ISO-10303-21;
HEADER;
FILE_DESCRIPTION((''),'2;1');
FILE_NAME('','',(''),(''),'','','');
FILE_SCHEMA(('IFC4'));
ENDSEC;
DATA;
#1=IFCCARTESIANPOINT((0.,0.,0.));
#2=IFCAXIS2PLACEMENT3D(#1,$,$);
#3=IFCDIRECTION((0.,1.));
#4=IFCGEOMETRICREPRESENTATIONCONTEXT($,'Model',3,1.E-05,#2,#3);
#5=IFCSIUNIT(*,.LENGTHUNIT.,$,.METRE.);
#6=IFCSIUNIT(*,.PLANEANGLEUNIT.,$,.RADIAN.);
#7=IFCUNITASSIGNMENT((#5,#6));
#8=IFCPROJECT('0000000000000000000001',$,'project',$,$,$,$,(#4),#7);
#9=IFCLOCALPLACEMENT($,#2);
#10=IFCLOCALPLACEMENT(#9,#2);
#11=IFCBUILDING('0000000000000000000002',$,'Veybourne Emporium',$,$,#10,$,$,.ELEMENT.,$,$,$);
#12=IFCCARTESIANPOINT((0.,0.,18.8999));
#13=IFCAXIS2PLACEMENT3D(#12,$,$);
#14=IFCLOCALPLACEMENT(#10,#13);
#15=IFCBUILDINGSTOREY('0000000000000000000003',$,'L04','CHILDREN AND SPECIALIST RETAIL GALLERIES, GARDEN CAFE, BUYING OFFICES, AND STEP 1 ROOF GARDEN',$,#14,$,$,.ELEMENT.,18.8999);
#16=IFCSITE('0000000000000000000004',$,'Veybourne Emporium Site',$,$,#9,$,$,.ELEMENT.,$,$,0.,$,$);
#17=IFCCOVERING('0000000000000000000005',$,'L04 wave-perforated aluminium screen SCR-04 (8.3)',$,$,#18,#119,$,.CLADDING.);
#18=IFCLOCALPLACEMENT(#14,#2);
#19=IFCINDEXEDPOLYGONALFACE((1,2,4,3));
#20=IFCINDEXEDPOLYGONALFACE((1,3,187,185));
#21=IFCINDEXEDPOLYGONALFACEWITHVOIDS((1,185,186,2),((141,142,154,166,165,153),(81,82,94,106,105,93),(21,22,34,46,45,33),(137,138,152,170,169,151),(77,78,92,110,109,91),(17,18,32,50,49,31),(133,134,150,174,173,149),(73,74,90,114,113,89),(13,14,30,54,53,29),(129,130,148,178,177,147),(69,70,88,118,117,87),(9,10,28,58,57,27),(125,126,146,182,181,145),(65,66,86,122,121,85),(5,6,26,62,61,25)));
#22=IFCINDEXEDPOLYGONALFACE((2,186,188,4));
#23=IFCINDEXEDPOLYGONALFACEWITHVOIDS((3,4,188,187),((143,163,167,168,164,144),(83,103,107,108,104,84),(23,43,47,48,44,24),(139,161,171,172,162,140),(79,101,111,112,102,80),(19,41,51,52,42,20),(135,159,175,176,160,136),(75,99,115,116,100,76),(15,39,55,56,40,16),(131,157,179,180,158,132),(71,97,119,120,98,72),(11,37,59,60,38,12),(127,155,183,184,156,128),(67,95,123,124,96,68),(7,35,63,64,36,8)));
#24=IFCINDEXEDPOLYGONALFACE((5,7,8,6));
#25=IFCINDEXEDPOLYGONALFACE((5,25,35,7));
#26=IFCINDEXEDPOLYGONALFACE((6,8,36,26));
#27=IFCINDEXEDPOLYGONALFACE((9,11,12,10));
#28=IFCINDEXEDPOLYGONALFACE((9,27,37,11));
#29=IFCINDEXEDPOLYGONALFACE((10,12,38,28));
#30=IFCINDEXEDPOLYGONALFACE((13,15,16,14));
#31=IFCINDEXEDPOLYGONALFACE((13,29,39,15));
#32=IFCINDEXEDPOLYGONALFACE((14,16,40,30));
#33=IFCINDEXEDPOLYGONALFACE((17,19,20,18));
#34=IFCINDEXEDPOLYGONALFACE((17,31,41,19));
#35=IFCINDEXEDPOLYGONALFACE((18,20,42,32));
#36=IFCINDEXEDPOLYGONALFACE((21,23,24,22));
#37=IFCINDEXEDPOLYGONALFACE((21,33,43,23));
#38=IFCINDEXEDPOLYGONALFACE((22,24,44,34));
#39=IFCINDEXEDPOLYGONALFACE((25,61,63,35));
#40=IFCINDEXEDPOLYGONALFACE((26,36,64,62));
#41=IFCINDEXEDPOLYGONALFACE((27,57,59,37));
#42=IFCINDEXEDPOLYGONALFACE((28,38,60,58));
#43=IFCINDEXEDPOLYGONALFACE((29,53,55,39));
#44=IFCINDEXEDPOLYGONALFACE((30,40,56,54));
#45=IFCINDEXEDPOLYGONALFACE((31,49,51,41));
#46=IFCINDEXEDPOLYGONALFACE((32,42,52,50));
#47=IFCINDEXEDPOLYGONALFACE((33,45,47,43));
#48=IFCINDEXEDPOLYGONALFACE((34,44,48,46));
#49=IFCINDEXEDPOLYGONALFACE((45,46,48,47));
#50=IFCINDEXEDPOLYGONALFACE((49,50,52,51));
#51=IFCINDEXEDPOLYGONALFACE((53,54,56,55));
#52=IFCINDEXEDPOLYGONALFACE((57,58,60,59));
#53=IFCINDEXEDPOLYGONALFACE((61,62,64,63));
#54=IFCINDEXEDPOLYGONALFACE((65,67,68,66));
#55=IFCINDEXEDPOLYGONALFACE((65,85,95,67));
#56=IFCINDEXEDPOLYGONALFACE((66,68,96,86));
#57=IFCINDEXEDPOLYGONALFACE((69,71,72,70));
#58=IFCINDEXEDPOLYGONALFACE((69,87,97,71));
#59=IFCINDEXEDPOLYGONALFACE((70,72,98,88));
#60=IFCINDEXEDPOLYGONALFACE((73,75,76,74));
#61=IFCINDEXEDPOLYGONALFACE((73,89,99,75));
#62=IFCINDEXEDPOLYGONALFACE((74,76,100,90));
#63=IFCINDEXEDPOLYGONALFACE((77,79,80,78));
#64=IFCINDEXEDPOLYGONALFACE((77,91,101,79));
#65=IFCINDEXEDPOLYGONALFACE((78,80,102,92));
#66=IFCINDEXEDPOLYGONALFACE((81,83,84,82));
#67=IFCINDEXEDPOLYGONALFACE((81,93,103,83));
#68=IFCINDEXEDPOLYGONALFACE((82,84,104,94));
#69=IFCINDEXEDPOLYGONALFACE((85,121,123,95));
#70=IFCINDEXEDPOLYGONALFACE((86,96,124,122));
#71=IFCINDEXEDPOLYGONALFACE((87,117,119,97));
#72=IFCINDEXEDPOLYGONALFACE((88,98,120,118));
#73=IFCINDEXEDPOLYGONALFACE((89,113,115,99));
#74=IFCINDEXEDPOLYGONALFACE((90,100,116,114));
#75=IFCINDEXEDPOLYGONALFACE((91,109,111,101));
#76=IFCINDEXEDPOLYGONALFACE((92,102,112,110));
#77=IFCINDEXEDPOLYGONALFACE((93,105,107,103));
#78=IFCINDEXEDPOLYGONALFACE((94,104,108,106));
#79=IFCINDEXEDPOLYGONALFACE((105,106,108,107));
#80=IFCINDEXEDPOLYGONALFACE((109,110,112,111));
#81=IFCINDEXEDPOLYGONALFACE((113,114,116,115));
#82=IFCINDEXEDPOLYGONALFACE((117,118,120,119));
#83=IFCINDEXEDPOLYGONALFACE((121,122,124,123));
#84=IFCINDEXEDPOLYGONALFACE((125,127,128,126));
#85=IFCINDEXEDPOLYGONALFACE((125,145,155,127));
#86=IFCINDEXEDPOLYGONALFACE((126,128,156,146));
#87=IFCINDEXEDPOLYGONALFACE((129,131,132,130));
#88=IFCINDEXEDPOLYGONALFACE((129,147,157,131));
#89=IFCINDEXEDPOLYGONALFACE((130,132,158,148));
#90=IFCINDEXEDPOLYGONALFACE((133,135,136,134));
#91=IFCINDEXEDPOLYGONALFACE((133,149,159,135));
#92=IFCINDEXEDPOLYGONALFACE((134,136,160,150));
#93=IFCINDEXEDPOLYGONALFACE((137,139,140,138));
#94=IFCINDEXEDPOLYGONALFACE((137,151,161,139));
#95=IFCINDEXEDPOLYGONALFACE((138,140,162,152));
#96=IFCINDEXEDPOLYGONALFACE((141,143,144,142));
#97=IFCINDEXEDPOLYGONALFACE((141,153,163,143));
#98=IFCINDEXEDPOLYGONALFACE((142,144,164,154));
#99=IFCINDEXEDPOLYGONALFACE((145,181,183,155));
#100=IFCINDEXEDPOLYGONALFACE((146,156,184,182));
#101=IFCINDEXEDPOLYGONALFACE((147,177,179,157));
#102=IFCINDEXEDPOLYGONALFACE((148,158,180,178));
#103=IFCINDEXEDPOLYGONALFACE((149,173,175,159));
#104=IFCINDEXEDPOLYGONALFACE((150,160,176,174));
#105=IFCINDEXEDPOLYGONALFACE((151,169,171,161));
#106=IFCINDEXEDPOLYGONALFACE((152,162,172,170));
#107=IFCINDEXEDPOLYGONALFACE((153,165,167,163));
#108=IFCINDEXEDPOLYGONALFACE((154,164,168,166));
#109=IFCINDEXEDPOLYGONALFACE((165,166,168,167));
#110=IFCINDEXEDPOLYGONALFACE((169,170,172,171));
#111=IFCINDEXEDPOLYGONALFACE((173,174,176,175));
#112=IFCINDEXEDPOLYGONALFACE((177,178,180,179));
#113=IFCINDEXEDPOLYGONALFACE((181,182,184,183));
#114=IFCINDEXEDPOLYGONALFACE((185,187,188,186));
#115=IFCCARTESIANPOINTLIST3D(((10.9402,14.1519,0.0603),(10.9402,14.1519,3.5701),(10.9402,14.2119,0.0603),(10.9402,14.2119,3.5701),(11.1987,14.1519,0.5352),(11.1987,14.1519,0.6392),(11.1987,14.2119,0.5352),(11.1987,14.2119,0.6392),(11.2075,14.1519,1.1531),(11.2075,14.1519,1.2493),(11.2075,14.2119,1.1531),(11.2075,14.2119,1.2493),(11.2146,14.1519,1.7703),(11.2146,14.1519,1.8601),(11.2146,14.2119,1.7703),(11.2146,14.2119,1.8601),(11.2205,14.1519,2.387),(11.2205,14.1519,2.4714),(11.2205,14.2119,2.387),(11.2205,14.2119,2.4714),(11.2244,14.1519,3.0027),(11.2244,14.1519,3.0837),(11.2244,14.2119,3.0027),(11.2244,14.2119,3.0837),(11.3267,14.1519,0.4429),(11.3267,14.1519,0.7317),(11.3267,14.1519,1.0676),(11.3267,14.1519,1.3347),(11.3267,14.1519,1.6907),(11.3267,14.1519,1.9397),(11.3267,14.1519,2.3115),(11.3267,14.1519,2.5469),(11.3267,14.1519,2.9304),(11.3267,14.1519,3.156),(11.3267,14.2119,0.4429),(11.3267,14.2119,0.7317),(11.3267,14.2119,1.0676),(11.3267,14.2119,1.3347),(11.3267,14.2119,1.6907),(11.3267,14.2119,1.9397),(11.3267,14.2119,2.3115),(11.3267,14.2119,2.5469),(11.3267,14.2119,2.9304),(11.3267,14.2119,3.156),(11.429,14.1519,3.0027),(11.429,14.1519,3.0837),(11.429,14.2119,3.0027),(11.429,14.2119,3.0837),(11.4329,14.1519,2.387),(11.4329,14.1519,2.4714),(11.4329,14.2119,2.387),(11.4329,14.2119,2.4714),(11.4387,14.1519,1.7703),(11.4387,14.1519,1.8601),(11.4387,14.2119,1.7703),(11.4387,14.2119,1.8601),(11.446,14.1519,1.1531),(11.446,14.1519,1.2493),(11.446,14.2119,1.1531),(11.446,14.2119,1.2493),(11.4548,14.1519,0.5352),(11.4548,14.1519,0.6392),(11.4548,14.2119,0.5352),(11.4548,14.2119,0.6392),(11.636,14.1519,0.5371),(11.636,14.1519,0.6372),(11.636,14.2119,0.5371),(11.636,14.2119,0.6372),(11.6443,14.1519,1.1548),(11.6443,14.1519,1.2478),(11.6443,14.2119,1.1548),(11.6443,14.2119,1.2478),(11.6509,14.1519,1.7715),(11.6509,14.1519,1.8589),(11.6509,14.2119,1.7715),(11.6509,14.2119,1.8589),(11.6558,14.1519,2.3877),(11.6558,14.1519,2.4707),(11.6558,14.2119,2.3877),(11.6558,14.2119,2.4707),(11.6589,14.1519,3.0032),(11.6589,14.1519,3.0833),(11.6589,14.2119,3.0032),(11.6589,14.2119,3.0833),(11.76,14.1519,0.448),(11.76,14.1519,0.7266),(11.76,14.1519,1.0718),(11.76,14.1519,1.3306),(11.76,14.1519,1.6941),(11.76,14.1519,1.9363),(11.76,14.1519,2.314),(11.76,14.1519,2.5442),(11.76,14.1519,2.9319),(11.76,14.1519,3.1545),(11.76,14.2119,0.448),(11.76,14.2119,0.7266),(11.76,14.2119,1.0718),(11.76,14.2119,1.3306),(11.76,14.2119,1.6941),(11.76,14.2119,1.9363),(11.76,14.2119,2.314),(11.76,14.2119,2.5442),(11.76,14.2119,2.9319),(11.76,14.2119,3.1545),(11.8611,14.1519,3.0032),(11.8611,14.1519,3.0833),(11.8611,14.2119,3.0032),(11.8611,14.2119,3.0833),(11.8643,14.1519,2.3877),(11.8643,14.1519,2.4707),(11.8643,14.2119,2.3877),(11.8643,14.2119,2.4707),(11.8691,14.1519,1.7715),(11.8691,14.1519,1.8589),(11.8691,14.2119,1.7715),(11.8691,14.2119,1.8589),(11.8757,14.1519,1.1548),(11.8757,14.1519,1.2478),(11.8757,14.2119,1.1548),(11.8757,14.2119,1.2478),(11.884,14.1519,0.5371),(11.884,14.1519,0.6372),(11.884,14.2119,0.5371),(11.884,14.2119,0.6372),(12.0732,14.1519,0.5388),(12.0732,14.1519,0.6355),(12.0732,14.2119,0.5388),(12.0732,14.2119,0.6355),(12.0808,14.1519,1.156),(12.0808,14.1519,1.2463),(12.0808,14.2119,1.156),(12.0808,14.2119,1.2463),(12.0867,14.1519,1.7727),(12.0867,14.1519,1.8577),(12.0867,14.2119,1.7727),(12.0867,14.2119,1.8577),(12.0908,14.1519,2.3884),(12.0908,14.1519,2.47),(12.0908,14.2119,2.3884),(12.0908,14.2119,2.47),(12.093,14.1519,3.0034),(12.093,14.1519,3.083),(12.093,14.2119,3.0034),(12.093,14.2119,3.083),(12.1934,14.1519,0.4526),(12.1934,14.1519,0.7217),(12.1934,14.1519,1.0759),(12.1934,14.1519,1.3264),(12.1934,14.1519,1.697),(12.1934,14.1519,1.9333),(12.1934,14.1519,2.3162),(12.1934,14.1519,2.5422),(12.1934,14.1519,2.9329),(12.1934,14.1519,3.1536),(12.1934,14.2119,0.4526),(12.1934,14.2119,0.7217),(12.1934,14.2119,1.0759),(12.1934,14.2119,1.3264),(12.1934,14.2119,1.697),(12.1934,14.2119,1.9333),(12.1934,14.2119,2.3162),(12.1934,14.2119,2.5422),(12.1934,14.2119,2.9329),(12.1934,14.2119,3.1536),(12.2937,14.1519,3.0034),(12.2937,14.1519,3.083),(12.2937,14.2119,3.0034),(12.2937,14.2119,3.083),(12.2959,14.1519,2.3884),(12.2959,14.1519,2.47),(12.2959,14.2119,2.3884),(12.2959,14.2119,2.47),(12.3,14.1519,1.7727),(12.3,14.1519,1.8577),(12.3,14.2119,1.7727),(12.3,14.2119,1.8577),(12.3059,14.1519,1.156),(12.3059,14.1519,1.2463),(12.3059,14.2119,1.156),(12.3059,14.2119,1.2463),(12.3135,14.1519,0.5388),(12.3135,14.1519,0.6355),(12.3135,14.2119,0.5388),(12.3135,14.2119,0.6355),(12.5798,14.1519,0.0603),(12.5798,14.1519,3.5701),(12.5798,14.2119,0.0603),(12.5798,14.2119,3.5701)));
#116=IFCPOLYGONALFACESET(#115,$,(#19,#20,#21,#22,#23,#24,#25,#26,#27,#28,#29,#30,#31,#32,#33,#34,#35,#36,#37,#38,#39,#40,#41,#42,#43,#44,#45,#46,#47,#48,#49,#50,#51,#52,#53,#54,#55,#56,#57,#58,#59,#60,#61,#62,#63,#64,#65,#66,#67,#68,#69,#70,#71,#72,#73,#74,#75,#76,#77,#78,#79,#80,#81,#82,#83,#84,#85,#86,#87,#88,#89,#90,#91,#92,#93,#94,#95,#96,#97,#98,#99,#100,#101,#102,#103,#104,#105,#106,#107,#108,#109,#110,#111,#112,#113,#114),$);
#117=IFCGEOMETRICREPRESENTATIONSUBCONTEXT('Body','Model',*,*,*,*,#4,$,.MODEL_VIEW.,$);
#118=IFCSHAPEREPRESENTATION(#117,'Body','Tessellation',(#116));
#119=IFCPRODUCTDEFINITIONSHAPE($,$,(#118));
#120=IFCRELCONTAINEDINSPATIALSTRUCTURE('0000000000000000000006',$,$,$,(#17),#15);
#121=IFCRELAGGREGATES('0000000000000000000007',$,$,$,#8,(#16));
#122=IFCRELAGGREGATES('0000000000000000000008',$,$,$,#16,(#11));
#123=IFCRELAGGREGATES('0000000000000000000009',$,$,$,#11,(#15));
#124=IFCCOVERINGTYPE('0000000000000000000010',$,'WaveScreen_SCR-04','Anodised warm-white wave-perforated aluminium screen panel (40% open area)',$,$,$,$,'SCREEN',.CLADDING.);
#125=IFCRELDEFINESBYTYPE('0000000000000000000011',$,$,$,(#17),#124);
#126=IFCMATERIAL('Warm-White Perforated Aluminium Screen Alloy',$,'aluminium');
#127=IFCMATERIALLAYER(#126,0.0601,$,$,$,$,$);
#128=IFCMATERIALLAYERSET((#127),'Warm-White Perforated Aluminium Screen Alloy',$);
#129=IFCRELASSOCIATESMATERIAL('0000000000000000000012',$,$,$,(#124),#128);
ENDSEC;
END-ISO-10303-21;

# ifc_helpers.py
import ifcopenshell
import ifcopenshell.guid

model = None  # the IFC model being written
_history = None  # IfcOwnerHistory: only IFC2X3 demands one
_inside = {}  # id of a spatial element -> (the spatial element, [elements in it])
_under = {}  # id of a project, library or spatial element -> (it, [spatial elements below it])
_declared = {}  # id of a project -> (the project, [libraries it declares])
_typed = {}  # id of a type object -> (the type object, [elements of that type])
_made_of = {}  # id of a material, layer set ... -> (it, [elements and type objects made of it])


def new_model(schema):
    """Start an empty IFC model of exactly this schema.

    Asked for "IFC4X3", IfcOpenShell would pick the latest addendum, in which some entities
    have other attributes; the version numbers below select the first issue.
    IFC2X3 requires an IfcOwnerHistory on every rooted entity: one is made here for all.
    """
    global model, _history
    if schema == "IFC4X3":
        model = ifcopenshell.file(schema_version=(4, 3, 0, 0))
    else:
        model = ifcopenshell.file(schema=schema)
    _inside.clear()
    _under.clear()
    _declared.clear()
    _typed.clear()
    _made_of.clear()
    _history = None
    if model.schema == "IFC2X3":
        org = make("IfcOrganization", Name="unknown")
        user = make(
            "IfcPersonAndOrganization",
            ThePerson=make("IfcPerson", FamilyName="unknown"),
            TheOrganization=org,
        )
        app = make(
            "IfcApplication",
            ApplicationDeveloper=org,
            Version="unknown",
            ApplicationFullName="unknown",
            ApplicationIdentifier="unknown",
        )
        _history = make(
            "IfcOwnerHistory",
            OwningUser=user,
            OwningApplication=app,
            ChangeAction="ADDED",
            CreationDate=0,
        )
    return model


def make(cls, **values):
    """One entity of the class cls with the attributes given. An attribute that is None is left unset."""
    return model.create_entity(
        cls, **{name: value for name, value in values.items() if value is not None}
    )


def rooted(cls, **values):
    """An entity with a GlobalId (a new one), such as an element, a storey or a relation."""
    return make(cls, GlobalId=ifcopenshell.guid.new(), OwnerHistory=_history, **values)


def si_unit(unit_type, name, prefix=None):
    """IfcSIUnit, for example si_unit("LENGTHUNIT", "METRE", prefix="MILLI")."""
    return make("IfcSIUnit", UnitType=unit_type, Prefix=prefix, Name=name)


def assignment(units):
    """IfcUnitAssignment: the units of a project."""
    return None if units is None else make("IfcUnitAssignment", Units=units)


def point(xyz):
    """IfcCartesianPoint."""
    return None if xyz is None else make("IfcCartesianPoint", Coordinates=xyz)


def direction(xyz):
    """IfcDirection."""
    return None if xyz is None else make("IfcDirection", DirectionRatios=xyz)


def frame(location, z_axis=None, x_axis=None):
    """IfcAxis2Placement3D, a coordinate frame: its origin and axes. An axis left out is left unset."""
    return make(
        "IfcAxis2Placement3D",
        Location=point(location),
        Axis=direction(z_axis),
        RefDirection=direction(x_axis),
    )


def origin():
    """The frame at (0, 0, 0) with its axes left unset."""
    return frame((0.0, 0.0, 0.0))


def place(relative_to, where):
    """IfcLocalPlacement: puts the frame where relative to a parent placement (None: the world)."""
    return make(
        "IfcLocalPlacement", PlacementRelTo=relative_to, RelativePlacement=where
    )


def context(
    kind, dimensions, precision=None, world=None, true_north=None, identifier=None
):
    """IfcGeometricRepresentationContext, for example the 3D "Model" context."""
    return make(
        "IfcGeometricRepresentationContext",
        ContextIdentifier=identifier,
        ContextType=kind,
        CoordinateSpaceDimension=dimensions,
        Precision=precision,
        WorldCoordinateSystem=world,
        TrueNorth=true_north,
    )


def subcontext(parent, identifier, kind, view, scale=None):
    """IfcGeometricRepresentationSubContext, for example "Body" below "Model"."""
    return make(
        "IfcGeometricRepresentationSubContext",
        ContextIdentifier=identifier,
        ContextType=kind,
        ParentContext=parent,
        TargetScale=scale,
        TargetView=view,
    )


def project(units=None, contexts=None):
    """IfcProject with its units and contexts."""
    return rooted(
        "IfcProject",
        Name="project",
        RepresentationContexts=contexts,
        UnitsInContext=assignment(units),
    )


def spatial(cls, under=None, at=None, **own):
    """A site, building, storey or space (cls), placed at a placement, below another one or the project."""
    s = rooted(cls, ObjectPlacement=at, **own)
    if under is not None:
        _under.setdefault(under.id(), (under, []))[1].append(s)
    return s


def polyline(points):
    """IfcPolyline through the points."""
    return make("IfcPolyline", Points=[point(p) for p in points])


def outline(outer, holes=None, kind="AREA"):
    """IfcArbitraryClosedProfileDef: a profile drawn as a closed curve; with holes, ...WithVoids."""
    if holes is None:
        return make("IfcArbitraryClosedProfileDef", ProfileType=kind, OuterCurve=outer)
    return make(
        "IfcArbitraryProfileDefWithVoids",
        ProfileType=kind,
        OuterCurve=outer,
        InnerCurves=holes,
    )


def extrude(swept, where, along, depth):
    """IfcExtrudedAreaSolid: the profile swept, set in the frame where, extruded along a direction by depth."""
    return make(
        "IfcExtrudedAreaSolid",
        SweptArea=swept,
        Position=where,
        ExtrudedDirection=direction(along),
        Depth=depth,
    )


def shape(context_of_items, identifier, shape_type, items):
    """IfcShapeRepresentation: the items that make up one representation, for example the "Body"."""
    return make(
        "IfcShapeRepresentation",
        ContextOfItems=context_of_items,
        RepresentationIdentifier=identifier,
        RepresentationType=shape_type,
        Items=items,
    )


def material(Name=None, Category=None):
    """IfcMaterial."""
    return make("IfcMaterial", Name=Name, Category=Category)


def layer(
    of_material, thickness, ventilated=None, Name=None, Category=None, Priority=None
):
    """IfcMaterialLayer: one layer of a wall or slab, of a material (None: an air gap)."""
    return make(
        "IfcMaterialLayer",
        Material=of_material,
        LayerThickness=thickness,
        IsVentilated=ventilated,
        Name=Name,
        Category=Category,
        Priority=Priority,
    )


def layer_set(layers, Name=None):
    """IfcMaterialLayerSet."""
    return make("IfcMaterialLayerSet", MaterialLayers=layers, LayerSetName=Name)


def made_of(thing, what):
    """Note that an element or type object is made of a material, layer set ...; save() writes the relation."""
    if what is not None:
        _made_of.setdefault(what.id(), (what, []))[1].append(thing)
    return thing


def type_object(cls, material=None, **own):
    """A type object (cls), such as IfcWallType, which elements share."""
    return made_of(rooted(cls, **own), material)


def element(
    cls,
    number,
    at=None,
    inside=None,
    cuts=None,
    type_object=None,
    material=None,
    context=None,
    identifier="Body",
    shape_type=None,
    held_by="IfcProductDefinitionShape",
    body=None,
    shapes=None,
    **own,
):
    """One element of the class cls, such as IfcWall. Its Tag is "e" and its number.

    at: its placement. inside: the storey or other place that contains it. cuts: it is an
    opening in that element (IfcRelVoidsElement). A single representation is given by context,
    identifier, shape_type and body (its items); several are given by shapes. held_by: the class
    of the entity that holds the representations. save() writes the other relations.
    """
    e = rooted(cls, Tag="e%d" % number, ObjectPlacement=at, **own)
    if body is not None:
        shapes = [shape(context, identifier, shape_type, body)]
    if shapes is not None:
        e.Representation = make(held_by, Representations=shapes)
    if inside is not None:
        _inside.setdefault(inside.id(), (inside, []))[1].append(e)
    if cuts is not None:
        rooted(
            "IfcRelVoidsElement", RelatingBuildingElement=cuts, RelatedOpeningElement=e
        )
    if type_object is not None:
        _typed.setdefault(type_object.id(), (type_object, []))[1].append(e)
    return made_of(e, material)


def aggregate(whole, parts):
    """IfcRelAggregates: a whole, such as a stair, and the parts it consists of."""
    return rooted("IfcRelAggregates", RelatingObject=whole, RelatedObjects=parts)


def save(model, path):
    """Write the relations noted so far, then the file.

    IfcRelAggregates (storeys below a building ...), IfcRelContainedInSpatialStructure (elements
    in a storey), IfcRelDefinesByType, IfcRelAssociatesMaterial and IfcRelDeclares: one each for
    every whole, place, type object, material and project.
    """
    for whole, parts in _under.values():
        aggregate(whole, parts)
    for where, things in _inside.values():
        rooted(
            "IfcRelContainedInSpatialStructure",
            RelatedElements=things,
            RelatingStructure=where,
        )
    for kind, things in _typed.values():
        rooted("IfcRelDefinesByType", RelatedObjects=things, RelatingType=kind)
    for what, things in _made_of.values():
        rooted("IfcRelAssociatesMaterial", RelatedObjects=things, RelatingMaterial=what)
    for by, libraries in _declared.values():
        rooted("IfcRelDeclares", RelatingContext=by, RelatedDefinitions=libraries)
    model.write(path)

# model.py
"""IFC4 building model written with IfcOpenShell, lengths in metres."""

from ifc_helpers import new_model, si_unit, direction, frame, origin, place, context, subcontext, project, spatial, polyline, outline, extrude, material, layer, layer_set, type_object, element, save


model = new_model("IFC4")

# Units and contexts
model_context = context("Model", 3, precision=1e-05, world=origin(), true_north=direction((0.0, 1.0)))
body_context = subcontext(model_context, "Body", "Model", "MODEL_VIEW")
ifc_project = project(units=[si_unit("LENGTHUNIT", "METRE"), si_unit("PLANEANGLEUNIT", "RADIAN")], contexts=[model_context])

# Site, building, storey
site_placement = place(None, origin())
site = spatial("IfcSite", under=ifc_project, at=site_placement, Name="Veybourne Emporium Site", CompositionType="ELEMENT", RefElevation=0.0)
building_placement = place(site_placement, origin())
building = spatial("IfcBuilding", under=site, at=building_placement, Name="Veybourne Emporium", CompositionType="ELEMENT")
storey_placement = place(building_placement, frame((0.0, 0.0, 18.8999)))
storey = spatial("IfcBuildingStorey", under=building, at=storey_placement, Name="L04", Description="CHILDREN AND SPECIALIST RETAIL GALLERIES, GARDEN CAFE, BUYING OFFICES, AND STEP 1 ROOF GARDEN", CompositionType="ELEMENT", Elevation=18.8999)

# Covering
ifc_material_1 = material(Name="Warm-White Perforated Aluminium Screen Alloy", Category="aluminium")
ifc_layer_1 = layer(ifc_material_1, 0.0601)
ifc_layer_set_1 = layer_set([ifc_layer_1], Name="Warm-White Perforated Aluminium Screen Alloy")
covering_type_1 = type_object("IfcCoveringType", Name="WaveScreen_SCR-04", Description="Anodised warm-white wave-perforated aluminium screen panel (40% open area)", ElementType="SCREEN", PredefinedType="CLADDING", material=ifc_layer_set_1)
covering_1_placement = place(storey_placement, frame((11.76, 14.1519, 1.8152), z_axis=(0.0, 1.0, 0.0), x_axis=(-1.0, 0.0, 0.0)))
element("IfcCovering", 1, at=covering_1_placement, inside=storey, type_object=covering_type_1, Name="L04 wave-perforated aluminium screen SCR-04 (8.3)", PredefinedType="CLADDING", context=body_context, shape_type="SweptSolid", body=[
    extrude(outline(polyline([(-0.8198, -1.7549), (0.8198, -1.7549), (0.8198, 1.7549), (-0.8198, 1.7549), (-0.8198, -1.7549)]), holes=[polyline([(-0.4333, -1.0935), (-0.3132, -1.1797), (-0.3132, -1.2764), (-0.4333, -1.3625), (-0.5535, -1.2764), (-0.5535, -1.1797), (-0.4333, -1.0935)]), polyline([(-0.4333, -0.4888), (-0.3208, -0.5688), (-0.3208, -0.6592), (-0.4333, -0.7393), (-0.5459, -0.6592), (-0.5459, -0.5688), (-0.4333, -0.4888)]), polyline([(-0.4333, 0.1182), (-0.3267, 0.0425), (-0.3267, -0.0425), (-0.4333, -0.1182), (-0.54, -0.0425), (-0.54, 0.0425), (-0.4333, 0.1182)]), polyline([(-0.4333, 0.7271), (-0.3308, 0.6548), (-0.3308, 0.5732), (-0.4333, 0.501), (-0.5359, 0.5732), (-0.5359, 0.6548), (-0.4333, 0.7271)]), polyline([(-0.4333, 1.3384), (-0.333, 1.2678), (-0.333, 1.1882), (-0.4333, 1.1177), (-0.5337, 1.1882), (-0.5337, 1.2678), (-0.4333, 1.3384)]), polyline([(0.0, -1.0886), (0.124, -1.178), (0.124, -1.2781), (0.0, -1.3672), (-0.124, -1.2781), (-0.124, -1.178), (0.0, -1.0886)]), polyline([(0.0, -0.4846), (0.1157, -0.5674), (0.1157, -0.6604), (0.0, -0.7434), (-0.1157, -0.6604), (-0.1157, -0.5674), (0.0, -0.4846)]), polyline([(0.0, 0.1211), (0.1091, 0.0437), (0.1091, -0.0437), (0.0, -0.1211), (-0.1091, -0.0437), (-0.1091, 0.0437), (0.0, 0.1211)]), polyline([(0.0, 0.729), (0.1042, 0.6555), (0.1042, 0.5725), (0.0, 0.4988), (-0.1042, 0.5725), (-0.1042, 0.6555), (0.0, 0.729)]), polyline([(0.0, 1.3394), (0.1011, 1.2681), (0.1011, 1.188), (0.0, 1.1167), (-0.1011, 1.188), (-0.1011, 1.2681), (0.0, 1.3394)]), polyline([(0.4333, -1.0835), (0.5613, -1.176), (0.5613, -1.28), (0.4333, -1.3723), (0.3052, -1.28), (0.3052, -1.176), (0.4333, -1.0835)]), polyline([(0.4333, -0.4805), (0.5525, -0.5659), (0.5525, -0.6621), (0.4333, -0.7476), (0.314, -0.6621), (0.314, -0.5659), (0.4333, -0.4805)]), polyline([(0.4333, 0.1245), (0.5454, 0.0449), (0.5454, -0.0449), (0.4333, -0.1245), (0.3213, -0.0449), (0.3213, 0.0449), (0.4333, 0.1245)]), polyline([(0.4333, 0.7317), (0.5396, 0.6562), (0.5396, 0.5718), (0.4333, 0.4963), (0.3271, 0.5718), (0.3271, 0.6562), (0.4333, 0.7317)]), polyline([(0.4333, 1.3408), (0.5356, 1.2686), (0.5356, 1.1875), (0.4333, 1.1152), (0.3311, 1.1875), (0.3311, 1.2686), (0.4333, 1.3408)])]), origin(), (0.0, 0.0, 1.0), 0.0601),
])

save(model, "model.ifc")
